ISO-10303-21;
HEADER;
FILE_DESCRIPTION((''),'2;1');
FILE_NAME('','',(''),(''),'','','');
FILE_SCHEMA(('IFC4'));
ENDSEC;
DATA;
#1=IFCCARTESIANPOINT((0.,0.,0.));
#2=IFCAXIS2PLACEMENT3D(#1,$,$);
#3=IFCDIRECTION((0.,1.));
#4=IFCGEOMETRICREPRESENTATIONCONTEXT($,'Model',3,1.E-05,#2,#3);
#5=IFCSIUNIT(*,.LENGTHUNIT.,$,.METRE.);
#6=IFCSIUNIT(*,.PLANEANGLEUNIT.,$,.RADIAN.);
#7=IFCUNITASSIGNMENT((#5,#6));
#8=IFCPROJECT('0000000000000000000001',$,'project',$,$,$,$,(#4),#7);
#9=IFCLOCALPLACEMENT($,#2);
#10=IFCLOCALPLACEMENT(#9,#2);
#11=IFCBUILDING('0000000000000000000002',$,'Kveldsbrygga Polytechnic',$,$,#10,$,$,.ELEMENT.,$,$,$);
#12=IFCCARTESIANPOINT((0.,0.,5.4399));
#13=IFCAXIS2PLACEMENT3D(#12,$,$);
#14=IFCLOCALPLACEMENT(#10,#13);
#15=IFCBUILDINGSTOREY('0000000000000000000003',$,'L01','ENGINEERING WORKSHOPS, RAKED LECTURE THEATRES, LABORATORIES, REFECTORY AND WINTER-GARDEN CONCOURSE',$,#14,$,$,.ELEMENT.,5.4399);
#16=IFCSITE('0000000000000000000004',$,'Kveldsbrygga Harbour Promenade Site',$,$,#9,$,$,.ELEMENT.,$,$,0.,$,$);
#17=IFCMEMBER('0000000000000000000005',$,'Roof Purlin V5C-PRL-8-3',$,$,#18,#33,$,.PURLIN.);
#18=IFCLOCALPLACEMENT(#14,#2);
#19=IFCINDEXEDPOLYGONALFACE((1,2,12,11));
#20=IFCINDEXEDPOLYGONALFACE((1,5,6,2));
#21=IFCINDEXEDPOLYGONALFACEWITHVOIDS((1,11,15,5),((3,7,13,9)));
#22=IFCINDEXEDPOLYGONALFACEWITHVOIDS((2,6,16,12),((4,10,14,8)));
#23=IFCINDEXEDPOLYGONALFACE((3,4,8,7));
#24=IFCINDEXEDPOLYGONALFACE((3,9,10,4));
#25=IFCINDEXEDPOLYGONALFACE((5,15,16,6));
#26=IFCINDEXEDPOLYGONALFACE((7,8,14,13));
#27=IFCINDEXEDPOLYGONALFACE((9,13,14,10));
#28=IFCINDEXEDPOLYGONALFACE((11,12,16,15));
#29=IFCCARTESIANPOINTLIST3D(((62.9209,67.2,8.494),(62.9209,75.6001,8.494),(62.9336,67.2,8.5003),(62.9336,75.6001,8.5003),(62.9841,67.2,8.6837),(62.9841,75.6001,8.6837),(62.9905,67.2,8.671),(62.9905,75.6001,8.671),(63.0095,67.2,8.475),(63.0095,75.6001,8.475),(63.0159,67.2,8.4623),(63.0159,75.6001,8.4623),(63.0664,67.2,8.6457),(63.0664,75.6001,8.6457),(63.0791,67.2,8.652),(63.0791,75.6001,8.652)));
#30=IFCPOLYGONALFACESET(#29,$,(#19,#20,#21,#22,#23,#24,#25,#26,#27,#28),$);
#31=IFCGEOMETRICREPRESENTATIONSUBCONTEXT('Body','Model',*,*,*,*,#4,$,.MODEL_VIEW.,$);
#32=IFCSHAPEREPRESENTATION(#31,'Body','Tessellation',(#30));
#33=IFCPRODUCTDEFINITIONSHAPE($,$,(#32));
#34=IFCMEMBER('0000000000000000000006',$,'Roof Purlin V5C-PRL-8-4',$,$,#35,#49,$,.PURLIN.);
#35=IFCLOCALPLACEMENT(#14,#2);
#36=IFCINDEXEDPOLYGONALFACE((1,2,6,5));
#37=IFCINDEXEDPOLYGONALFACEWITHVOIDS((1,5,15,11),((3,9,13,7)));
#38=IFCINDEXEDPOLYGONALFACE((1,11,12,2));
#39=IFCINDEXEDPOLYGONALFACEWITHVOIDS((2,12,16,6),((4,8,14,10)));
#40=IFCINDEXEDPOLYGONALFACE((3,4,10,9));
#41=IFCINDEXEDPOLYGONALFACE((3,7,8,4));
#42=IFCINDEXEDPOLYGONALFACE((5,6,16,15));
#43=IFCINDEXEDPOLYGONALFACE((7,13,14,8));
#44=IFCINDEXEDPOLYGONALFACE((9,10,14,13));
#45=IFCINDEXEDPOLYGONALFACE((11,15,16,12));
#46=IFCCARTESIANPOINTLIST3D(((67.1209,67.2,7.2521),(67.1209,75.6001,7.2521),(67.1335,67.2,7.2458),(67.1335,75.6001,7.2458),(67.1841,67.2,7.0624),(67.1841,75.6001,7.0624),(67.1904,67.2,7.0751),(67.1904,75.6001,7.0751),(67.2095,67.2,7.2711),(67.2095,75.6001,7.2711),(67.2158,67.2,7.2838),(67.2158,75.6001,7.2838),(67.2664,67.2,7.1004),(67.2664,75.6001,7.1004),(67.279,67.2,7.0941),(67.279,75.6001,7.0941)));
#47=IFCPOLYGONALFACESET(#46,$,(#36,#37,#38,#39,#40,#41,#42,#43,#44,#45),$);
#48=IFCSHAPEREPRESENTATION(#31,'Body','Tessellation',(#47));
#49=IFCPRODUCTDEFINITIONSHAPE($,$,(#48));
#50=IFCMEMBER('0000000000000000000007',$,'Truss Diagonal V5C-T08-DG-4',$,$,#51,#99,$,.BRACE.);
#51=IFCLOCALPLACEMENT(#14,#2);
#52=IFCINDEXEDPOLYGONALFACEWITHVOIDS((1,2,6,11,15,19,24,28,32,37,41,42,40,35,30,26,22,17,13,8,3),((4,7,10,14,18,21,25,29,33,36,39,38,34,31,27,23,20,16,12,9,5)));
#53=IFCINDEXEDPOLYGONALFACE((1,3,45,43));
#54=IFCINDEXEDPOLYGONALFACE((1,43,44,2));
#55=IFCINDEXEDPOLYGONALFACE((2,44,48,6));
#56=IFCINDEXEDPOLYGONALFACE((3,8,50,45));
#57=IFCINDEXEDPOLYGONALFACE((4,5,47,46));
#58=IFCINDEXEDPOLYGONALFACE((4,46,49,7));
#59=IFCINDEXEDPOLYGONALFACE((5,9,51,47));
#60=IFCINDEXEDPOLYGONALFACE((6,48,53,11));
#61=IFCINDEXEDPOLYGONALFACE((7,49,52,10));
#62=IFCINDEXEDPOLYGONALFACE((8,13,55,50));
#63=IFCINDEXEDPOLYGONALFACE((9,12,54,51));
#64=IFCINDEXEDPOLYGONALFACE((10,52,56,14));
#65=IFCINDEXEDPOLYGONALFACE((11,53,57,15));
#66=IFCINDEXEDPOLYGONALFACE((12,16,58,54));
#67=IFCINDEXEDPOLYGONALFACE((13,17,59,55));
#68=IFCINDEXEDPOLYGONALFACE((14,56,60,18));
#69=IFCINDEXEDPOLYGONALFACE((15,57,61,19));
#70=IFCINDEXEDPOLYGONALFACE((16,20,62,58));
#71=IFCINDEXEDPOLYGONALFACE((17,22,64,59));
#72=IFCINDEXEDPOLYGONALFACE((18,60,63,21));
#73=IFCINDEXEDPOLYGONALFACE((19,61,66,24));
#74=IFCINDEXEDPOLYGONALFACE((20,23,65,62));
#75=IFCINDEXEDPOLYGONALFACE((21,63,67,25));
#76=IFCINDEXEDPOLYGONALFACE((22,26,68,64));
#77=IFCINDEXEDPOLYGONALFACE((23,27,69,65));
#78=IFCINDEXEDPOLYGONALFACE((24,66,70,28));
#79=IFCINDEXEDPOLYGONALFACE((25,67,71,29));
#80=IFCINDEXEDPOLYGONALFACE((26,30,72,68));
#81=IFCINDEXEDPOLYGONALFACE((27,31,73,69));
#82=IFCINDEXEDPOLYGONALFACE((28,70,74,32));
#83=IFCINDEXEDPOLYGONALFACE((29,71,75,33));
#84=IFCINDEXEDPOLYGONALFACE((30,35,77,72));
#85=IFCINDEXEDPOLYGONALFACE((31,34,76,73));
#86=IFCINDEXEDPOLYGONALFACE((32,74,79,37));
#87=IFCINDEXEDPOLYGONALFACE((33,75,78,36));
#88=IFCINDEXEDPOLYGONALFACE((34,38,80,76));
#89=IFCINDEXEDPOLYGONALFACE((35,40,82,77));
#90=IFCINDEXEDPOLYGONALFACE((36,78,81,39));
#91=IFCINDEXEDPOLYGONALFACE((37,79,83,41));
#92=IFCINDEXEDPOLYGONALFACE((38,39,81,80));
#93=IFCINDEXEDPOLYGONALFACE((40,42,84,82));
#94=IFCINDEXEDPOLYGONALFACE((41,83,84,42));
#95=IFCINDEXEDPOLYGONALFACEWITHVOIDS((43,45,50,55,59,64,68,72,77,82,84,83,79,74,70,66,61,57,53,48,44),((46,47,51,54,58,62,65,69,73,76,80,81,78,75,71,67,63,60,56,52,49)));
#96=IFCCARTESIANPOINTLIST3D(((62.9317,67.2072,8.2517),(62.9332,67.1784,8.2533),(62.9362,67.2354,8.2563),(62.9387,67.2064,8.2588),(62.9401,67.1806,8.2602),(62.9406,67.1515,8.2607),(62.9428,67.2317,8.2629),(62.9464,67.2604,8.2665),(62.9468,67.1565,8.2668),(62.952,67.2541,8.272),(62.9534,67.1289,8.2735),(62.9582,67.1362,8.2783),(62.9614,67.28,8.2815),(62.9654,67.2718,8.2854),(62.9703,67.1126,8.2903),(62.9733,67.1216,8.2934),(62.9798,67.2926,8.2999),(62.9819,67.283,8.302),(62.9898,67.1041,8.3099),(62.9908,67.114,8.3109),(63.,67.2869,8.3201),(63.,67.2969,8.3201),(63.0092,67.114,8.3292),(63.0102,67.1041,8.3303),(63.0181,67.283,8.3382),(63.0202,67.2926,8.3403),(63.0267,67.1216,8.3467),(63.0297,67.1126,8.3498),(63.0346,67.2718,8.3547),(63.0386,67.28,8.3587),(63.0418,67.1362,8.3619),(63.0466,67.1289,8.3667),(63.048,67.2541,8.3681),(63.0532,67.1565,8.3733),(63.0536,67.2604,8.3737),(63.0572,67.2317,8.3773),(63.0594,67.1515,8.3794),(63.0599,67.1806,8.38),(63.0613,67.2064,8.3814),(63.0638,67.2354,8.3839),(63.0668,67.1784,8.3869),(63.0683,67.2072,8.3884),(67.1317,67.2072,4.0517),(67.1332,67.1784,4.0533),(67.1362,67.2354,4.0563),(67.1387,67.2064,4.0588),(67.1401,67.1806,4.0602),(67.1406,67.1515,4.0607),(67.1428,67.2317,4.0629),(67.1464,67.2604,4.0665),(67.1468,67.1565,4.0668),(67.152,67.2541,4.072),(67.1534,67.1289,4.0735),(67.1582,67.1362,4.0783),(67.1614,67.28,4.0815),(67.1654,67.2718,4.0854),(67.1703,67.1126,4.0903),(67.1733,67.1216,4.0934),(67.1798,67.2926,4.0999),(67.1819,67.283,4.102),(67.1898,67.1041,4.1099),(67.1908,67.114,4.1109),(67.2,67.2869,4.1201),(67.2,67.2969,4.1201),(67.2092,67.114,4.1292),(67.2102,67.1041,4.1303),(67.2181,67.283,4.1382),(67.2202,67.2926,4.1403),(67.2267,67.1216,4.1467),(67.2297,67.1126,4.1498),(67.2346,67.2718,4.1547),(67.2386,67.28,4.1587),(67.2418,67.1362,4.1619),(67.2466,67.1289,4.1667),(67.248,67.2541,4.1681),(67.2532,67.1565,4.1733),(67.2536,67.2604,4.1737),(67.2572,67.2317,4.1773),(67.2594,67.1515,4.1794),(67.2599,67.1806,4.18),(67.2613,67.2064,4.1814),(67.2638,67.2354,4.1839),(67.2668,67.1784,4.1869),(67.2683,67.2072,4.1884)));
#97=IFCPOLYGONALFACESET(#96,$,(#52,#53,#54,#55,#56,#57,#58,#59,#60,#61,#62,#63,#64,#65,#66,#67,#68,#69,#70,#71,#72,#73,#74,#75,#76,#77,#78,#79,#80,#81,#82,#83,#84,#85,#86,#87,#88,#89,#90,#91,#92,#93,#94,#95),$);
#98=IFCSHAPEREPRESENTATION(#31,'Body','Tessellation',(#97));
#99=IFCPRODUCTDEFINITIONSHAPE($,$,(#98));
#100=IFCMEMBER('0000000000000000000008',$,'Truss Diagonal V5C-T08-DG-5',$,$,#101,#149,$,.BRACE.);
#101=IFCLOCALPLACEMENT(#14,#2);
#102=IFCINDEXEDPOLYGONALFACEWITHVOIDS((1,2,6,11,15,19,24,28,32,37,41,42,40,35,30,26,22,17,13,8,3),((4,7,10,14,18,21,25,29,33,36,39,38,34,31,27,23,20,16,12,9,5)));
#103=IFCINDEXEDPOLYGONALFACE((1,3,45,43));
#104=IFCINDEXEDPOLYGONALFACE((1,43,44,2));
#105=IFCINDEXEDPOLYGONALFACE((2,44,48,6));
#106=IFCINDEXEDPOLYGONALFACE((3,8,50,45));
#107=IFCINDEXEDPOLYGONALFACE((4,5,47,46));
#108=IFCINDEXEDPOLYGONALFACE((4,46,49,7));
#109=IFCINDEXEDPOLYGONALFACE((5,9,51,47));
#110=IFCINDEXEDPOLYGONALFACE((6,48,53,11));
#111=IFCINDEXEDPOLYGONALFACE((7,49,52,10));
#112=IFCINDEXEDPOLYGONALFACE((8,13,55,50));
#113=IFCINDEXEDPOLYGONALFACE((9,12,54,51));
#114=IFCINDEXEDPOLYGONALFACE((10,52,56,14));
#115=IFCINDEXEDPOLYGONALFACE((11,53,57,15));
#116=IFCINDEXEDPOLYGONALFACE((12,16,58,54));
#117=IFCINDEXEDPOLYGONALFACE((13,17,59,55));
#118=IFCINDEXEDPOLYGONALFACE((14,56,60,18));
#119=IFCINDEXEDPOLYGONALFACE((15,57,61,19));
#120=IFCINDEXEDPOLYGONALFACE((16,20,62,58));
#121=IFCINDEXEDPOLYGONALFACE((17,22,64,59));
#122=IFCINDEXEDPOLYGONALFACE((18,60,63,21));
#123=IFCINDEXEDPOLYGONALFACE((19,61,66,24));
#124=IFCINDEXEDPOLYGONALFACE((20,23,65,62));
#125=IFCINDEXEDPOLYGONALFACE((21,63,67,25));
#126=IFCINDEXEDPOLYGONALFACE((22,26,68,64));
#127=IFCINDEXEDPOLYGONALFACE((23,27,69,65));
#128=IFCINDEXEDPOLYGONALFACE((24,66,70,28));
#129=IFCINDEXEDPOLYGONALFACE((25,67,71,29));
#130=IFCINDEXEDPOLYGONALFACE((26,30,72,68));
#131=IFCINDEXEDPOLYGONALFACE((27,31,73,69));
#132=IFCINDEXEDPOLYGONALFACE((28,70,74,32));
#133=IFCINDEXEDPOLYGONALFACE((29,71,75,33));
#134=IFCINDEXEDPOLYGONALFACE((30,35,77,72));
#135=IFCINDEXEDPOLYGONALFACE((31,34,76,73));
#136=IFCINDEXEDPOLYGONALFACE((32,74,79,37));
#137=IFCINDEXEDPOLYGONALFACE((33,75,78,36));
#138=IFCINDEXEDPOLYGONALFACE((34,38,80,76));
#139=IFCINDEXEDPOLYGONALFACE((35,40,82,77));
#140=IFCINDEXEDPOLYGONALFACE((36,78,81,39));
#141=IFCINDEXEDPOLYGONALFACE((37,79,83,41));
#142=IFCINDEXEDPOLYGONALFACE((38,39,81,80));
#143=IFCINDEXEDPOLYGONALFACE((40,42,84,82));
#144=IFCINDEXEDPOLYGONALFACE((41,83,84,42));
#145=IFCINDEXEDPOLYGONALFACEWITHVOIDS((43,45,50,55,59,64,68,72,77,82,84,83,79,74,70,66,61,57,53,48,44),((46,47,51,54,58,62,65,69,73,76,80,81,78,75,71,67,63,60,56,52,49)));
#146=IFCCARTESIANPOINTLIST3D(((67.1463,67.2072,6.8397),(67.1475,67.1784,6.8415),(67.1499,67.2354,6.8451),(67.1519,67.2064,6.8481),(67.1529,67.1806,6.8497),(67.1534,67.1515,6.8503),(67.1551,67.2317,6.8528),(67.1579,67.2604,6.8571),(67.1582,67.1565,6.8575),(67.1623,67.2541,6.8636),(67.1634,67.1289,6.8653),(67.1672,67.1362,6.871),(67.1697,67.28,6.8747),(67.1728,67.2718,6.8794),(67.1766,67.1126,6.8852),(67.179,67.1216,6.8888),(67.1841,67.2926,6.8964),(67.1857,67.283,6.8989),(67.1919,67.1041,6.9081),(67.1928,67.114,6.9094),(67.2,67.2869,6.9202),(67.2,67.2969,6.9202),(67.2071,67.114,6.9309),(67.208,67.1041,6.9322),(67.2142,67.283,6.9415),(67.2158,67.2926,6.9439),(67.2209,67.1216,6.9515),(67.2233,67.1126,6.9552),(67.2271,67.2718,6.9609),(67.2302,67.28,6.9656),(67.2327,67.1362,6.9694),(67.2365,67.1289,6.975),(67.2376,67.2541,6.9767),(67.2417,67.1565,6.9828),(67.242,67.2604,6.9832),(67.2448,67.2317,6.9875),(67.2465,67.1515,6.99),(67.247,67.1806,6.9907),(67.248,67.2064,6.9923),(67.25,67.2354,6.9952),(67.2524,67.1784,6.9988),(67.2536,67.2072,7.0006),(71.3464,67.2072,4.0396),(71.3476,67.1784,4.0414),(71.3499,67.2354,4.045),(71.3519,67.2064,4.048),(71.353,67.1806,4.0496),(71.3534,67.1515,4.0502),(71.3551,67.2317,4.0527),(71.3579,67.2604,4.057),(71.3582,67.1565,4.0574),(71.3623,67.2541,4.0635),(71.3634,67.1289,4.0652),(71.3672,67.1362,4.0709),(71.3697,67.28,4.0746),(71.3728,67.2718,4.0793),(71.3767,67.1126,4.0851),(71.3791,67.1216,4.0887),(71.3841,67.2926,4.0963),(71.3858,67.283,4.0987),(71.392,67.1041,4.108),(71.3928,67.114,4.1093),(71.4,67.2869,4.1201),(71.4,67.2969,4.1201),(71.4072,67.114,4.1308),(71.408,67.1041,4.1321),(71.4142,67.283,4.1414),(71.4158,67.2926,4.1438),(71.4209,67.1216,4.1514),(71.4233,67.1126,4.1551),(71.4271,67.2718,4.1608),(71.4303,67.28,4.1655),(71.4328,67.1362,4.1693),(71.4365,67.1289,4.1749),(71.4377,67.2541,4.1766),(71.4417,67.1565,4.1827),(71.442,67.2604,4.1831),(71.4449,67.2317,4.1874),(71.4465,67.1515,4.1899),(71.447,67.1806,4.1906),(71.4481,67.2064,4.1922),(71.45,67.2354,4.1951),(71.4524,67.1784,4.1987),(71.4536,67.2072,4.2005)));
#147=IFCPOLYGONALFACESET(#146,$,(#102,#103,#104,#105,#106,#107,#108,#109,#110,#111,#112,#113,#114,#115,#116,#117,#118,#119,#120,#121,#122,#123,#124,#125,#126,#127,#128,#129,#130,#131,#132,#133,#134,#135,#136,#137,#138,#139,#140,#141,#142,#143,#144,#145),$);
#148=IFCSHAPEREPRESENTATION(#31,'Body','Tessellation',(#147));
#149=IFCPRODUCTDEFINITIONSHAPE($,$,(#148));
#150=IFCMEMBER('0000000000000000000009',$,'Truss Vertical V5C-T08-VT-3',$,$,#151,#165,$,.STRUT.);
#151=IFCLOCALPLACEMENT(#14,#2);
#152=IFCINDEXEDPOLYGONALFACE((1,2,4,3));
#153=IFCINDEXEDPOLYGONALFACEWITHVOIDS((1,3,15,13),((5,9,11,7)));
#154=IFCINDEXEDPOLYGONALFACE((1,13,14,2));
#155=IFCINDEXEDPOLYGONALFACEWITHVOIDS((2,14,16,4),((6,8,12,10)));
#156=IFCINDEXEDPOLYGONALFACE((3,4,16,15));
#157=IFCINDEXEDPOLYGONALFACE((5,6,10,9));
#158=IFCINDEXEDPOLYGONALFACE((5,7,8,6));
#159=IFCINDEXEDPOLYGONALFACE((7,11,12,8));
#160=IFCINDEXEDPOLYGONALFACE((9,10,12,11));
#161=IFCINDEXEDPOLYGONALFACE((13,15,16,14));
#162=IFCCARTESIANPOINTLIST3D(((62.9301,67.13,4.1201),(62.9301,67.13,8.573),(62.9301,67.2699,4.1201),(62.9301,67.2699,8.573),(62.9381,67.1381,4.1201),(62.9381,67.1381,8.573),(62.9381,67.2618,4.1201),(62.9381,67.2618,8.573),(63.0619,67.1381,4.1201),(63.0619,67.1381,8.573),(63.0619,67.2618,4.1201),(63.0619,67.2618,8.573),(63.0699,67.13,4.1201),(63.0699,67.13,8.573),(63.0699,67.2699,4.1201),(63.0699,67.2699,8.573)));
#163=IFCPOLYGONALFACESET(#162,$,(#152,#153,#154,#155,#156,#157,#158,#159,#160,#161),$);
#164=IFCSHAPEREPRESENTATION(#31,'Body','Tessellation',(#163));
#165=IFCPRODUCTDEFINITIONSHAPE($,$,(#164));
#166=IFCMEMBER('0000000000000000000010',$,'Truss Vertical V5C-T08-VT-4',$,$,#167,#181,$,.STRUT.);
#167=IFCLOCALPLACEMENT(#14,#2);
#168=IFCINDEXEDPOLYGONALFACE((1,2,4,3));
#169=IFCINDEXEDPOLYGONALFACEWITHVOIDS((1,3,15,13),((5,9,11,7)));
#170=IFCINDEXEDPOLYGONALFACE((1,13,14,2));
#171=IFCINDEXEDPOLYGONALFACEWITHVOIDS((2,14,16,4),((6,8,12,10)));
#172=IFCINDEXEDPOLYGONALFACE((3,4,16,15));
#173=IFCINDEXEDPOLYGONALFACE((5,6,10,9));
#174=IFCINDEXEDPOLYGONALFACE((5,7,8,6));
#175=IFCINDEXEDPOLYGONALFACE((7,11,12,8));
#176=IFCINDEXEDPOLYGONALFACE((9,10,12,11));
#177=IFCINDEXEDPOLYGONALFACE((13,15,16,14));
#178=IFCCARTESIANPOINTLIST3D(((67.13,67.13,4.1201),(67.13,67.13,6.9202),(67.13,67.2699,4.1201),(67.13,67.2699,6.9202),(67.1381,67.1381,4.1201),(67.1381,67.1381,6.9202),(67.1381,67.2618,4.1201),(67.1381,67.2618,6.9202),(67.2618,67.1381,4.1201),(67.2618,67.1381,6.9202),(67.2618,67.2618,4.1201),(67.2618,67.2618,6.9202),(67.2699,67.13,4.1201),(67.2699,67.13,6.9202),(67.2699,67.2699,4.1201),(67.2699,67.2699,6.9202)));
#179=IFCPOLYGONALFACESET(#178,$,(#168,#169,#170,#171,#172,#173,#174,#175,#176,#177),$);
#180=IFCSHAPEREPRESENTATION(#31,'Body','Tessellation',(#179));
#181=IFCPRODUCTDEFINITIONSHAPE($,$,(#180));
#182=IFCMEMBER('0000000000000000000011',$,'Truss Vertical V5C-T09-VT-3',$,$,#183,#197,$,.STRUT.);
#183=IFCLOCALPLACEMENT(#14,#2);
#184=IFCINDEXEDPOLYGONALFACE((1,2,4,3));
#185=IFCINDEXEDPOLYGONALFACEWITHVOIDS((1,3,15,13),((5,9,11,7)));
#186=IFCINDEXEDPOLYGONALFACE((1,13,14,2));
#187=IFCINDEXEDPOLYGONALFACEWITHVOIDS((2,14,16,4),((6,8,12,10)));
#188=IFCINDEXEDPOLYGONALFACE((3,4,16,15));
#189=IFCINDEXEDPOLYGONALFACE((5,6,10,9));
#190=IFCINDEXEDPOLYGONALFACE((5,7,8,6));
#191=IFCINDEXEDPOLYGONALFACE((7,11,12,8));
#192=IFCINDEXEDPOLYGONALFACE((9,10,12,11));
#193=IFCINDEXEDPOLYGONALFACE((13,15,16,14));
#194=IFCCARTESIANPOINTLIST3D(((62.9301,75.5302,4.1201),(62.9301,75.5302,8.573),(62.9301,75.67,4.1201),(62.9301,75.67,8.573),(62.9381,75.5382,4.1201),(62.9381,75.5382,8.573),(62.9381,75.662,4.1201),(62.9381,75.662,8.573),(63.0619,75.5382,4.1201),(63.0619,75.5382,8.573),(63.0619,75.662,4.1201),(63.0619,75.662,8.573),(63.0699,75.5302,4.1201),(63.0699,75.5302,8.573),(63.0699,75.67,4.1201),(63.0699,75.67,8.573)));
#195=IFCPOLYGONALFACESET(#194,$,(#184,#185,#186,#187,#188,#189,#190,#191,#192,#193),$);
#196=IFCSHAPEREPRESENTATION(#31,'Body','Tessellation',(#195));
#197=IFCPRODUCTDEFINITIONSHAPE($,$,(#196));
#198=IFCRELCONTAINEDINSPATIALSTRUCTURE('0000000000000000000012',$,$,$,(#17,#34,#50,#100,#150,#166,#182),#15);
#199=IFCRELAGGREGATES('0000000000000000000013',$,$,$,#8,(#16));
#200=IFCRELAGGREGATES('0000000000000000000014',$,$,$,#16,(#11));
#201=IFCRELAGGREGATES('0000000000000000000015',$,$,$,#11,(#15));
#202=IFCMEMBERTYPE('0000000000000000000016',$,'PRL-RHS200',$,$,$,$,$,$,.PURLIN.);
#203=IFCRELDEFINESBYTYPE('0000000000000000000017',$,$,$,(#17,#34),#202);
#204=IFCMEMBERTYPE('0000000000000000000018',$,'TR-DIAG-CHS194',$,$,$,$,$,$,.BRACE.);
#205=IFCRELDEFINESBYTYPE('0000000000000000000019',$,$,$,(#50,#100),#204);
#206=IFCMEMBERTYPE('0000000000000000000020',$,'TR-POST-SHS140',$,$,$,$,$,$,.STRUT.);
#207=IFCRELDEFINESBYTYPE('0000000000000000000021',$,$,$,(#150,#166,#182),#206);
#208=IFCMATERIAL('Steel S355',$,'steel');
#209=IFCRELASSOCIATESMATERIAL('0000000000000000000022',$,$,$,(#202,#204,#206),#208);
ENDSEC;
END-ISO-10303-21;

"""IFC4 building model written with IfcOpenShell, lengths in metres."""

from ifc_helpers import new_model, si_unit, direction, frame, origin, origin_2d, place, context, subcontext, project, spatial, hollow_rectangle, hollow_circle, extrude, material, material_profile, profile_set, type_object, element, save


model = new_model("IFC4")

# Units and contexts
model_context = context("Model", 3, precision=1e-05, world=origin(), true_north=direction((0.0, 1.0)))
body_context = subcontext(model_context, "Body", "Model", "MODEL_VIEW")
ifc_project = project(units=[si_unit("LENGTHUNIT", "METRE"), si_unit("PLANEANGLEUNIT", "RADIAN")], contexts=[model_context])

# Site, building, storey
site_placement = place(None, origin())
site = spatial("IfcSite", under=ifc_project, at=site_placement, Name="Kveldsbrygga Harbour Promenade Site", CompositionType="ELEMENT", RefElevation=0.0)
building_placement = place(site_placement, origin())
building = spatial("IfcBuilding", under=site, at=building_placement, Name="Kveldsbrygga Polytechnic", CompositionType="ELEMENT")
storey_placement = place(building_placement, frame((0.0, 0.0, 5.4399)))
storey = spatial("IfcBuildingStorey", under=building, at=storey_placement, Name="L01", Description="ENGINEERING WORKSHOPS, RAKED LECTURE THEATRES, LABORATORIES, REFECTORY AND WINTER-GARDEN CONCOURSE", CompositionType="ELEMENT", Elevation=5.4399)

# Members
ifc_material_1 = material(Name="Steel S355", Category="steel")
ifc_material_profile_1 = material_profile(ifc_material_1, hollow_rectangle(XDim=0.1001, YDim=0.2, WallThickness=0.01, at=origin_2d()), Name="RHS 200x100x10.0")
ifc_profile_set_1 = profile_set([ifc_material_profile_1], Name="Steel S355")
member_type_1 = type_object("IfcMemberType", Name="PRL-RHS200", PredefinedType="PURLIN", material=ifc_profile_set_1)
for number, where, z_axis, x_axis, name in (
    (1, (63.0, 67.2, 8.573), (0.0, 1.0, 0.0), (-0.948684, 0.0, 0.316227), "Roof Purlin V5C-PRL-8-3"),
    (2, (67.2, 67.2, 7.1731), (0.0, 1.0, 0.0), (-0.948684, 0.0, -0.316227), "Roof Purlin V5C-PRL-8-4"),
):
    element("IfcMember", number, at=place(storey_placement, frame(where, z_axis=z_axis, x_axis=x_axis)), inside=storey, type_object=member_type_1, Name=name, PredefinedType="PURLIN", context=body_context, shape_type="SweptSolid", body=[
        extrude(hollow_rectangle(XDim=0.1001, YDim=0.2, WallThickness=0.01, at=origin_2d()), origin(), (0.0, 0.0, 1.0), 8.4001),
    ])
ifc_material_profile_2 = material_profile(ifc_material_1, hollow_circle(Radius=0.0969, WallThickness=0.01, at=origin_2d()), Name="CHS 193.7x10.0")
ifc_profile_set_2 = profile_set([ifc_material_profile_2], Name="Steel S355")
member_type_2 = type_object("IfcMemberType", Name="TR-DIAG-CHS194", PredefinedType="BRACE", material=ifc_profile_set_2)
member_1_placement = place(storey_placement, frame((63.0, 67.2, 8.3201), z_axis=(0.707107, 0.0, -0.707107), x_axis=(0.0, 1.0, 0.0)))
element("IfcMember", 3, at=member_1_placement, inside=storey, type_object=member_type_2, Name="Truss Diagonal V5C-T08-DG-4", PredefinedType="BRACE", context=body_context, shape_type="SweptSolid", body=[
    extrude(hollow_circle(Radius=0.0969, WallThickness=0.01, at=origin_2d()), origin(), (0.0, 0.0, 1.0), 5.9397),
])
member_2_placement = place(storey_placement, frame((67.2, 67.2, 6.9202), z_axis=(0.832043, 0.0, -0.554711), x_axis=(0.0, 1.0, 0.0)))
element("IfcMember", 4, at=member_2_placement, inside=storey, type_object=member_type_2, Name="Truss Diagonal V5C-T08-DG-5", PredefinedType="BRACE", context=body_context, shape_type="SweptSolid", body=[
    extrude(hollow_circle(Radius=0.0969, WallThickness=0.01, at=origin_2d()), origin(), (0.0, 0.0, 1.0), 5.0479),
])
ifc_material_profile_3 = material_profile(ifc_material_1, hollow_rectangle(XDim=0.1399, YDim=0.1399, WallThickness=0.0081, at=origin_2d()), Name="SHS 140x140x8.0")
ifc_profile_set_3 = profile_set([ifc_material_profile_3], Name="Steel S355")
member_type_3 = type_object("IfcMemberType", Name="TR-POST-SHS140", PredefinedType="STRUT", material=ifc_profile_set_3)
member_3_placement = place(storey_placement, frame((63.0, 67.2, 4.1201), z_axis=(0.0, 0.0, 1.0), x_axis=(1.0, 0.0, 0.0)))
element("IfcMember", 5, at=member_3_placement, inside=storey, type_object=member_type_3, Name="Truss Vertical V5C-T08-VT-3", PredefinedType="STRUT", context=body_context, shape_type="SweptSolid", body=[
    extrude(hollow_rectangle(XDim=0.1399, YDim=0.1399, WallThickness=0.0081, at=origin_2d()), origin(), (0.0, 0.0, 1.0), 4.4529),
])
member_4_placement = place(storey_placement, frame((67.2, 67.2, 4.1201), z_axis=(0.0, 0.0, 1.0), x_axis=(1.0, 0.0, 0.0)))
element("IfcMember", 6, at=member_4_placement, inside=storey, type_object=member_type_3, Name="Truss Vertical V5C-T08-VT-4", PredefinedType="STRUT", context=body_context, shape_type="SweptSolid", body=[
    extrude(hollow_rectangle(XDim=0.1399, YDim=0.1399, WallThickness=0.0081, at=origin_2d()), origin(), (0.0, 0.0, 1.0), 2.8),
])
member_5_placement = place(storey_placement, frame((63.0, 75.6001, 4.1201), z_axis=(0.0, 0.0, 1.0), x_axis=(1.0, 0.0, 0.0)))
element("IfcMember", 7, at=member_5_placement, inside=storey, type_object=member_type_3, Name="Truss Vertical V5C-T09-VT-3", PredefinedType="STRUT", context=body_context, shape_type="SweptSolid", body=[
    extrude(hollow_rectangle(XDim=0.1399, YDim=0.1399, WallThickness=0.0081, at=origin_2d()), origin(), (0.0, 0.0, 1.0), 4.4529),
])

save(model, "model.ifc")
